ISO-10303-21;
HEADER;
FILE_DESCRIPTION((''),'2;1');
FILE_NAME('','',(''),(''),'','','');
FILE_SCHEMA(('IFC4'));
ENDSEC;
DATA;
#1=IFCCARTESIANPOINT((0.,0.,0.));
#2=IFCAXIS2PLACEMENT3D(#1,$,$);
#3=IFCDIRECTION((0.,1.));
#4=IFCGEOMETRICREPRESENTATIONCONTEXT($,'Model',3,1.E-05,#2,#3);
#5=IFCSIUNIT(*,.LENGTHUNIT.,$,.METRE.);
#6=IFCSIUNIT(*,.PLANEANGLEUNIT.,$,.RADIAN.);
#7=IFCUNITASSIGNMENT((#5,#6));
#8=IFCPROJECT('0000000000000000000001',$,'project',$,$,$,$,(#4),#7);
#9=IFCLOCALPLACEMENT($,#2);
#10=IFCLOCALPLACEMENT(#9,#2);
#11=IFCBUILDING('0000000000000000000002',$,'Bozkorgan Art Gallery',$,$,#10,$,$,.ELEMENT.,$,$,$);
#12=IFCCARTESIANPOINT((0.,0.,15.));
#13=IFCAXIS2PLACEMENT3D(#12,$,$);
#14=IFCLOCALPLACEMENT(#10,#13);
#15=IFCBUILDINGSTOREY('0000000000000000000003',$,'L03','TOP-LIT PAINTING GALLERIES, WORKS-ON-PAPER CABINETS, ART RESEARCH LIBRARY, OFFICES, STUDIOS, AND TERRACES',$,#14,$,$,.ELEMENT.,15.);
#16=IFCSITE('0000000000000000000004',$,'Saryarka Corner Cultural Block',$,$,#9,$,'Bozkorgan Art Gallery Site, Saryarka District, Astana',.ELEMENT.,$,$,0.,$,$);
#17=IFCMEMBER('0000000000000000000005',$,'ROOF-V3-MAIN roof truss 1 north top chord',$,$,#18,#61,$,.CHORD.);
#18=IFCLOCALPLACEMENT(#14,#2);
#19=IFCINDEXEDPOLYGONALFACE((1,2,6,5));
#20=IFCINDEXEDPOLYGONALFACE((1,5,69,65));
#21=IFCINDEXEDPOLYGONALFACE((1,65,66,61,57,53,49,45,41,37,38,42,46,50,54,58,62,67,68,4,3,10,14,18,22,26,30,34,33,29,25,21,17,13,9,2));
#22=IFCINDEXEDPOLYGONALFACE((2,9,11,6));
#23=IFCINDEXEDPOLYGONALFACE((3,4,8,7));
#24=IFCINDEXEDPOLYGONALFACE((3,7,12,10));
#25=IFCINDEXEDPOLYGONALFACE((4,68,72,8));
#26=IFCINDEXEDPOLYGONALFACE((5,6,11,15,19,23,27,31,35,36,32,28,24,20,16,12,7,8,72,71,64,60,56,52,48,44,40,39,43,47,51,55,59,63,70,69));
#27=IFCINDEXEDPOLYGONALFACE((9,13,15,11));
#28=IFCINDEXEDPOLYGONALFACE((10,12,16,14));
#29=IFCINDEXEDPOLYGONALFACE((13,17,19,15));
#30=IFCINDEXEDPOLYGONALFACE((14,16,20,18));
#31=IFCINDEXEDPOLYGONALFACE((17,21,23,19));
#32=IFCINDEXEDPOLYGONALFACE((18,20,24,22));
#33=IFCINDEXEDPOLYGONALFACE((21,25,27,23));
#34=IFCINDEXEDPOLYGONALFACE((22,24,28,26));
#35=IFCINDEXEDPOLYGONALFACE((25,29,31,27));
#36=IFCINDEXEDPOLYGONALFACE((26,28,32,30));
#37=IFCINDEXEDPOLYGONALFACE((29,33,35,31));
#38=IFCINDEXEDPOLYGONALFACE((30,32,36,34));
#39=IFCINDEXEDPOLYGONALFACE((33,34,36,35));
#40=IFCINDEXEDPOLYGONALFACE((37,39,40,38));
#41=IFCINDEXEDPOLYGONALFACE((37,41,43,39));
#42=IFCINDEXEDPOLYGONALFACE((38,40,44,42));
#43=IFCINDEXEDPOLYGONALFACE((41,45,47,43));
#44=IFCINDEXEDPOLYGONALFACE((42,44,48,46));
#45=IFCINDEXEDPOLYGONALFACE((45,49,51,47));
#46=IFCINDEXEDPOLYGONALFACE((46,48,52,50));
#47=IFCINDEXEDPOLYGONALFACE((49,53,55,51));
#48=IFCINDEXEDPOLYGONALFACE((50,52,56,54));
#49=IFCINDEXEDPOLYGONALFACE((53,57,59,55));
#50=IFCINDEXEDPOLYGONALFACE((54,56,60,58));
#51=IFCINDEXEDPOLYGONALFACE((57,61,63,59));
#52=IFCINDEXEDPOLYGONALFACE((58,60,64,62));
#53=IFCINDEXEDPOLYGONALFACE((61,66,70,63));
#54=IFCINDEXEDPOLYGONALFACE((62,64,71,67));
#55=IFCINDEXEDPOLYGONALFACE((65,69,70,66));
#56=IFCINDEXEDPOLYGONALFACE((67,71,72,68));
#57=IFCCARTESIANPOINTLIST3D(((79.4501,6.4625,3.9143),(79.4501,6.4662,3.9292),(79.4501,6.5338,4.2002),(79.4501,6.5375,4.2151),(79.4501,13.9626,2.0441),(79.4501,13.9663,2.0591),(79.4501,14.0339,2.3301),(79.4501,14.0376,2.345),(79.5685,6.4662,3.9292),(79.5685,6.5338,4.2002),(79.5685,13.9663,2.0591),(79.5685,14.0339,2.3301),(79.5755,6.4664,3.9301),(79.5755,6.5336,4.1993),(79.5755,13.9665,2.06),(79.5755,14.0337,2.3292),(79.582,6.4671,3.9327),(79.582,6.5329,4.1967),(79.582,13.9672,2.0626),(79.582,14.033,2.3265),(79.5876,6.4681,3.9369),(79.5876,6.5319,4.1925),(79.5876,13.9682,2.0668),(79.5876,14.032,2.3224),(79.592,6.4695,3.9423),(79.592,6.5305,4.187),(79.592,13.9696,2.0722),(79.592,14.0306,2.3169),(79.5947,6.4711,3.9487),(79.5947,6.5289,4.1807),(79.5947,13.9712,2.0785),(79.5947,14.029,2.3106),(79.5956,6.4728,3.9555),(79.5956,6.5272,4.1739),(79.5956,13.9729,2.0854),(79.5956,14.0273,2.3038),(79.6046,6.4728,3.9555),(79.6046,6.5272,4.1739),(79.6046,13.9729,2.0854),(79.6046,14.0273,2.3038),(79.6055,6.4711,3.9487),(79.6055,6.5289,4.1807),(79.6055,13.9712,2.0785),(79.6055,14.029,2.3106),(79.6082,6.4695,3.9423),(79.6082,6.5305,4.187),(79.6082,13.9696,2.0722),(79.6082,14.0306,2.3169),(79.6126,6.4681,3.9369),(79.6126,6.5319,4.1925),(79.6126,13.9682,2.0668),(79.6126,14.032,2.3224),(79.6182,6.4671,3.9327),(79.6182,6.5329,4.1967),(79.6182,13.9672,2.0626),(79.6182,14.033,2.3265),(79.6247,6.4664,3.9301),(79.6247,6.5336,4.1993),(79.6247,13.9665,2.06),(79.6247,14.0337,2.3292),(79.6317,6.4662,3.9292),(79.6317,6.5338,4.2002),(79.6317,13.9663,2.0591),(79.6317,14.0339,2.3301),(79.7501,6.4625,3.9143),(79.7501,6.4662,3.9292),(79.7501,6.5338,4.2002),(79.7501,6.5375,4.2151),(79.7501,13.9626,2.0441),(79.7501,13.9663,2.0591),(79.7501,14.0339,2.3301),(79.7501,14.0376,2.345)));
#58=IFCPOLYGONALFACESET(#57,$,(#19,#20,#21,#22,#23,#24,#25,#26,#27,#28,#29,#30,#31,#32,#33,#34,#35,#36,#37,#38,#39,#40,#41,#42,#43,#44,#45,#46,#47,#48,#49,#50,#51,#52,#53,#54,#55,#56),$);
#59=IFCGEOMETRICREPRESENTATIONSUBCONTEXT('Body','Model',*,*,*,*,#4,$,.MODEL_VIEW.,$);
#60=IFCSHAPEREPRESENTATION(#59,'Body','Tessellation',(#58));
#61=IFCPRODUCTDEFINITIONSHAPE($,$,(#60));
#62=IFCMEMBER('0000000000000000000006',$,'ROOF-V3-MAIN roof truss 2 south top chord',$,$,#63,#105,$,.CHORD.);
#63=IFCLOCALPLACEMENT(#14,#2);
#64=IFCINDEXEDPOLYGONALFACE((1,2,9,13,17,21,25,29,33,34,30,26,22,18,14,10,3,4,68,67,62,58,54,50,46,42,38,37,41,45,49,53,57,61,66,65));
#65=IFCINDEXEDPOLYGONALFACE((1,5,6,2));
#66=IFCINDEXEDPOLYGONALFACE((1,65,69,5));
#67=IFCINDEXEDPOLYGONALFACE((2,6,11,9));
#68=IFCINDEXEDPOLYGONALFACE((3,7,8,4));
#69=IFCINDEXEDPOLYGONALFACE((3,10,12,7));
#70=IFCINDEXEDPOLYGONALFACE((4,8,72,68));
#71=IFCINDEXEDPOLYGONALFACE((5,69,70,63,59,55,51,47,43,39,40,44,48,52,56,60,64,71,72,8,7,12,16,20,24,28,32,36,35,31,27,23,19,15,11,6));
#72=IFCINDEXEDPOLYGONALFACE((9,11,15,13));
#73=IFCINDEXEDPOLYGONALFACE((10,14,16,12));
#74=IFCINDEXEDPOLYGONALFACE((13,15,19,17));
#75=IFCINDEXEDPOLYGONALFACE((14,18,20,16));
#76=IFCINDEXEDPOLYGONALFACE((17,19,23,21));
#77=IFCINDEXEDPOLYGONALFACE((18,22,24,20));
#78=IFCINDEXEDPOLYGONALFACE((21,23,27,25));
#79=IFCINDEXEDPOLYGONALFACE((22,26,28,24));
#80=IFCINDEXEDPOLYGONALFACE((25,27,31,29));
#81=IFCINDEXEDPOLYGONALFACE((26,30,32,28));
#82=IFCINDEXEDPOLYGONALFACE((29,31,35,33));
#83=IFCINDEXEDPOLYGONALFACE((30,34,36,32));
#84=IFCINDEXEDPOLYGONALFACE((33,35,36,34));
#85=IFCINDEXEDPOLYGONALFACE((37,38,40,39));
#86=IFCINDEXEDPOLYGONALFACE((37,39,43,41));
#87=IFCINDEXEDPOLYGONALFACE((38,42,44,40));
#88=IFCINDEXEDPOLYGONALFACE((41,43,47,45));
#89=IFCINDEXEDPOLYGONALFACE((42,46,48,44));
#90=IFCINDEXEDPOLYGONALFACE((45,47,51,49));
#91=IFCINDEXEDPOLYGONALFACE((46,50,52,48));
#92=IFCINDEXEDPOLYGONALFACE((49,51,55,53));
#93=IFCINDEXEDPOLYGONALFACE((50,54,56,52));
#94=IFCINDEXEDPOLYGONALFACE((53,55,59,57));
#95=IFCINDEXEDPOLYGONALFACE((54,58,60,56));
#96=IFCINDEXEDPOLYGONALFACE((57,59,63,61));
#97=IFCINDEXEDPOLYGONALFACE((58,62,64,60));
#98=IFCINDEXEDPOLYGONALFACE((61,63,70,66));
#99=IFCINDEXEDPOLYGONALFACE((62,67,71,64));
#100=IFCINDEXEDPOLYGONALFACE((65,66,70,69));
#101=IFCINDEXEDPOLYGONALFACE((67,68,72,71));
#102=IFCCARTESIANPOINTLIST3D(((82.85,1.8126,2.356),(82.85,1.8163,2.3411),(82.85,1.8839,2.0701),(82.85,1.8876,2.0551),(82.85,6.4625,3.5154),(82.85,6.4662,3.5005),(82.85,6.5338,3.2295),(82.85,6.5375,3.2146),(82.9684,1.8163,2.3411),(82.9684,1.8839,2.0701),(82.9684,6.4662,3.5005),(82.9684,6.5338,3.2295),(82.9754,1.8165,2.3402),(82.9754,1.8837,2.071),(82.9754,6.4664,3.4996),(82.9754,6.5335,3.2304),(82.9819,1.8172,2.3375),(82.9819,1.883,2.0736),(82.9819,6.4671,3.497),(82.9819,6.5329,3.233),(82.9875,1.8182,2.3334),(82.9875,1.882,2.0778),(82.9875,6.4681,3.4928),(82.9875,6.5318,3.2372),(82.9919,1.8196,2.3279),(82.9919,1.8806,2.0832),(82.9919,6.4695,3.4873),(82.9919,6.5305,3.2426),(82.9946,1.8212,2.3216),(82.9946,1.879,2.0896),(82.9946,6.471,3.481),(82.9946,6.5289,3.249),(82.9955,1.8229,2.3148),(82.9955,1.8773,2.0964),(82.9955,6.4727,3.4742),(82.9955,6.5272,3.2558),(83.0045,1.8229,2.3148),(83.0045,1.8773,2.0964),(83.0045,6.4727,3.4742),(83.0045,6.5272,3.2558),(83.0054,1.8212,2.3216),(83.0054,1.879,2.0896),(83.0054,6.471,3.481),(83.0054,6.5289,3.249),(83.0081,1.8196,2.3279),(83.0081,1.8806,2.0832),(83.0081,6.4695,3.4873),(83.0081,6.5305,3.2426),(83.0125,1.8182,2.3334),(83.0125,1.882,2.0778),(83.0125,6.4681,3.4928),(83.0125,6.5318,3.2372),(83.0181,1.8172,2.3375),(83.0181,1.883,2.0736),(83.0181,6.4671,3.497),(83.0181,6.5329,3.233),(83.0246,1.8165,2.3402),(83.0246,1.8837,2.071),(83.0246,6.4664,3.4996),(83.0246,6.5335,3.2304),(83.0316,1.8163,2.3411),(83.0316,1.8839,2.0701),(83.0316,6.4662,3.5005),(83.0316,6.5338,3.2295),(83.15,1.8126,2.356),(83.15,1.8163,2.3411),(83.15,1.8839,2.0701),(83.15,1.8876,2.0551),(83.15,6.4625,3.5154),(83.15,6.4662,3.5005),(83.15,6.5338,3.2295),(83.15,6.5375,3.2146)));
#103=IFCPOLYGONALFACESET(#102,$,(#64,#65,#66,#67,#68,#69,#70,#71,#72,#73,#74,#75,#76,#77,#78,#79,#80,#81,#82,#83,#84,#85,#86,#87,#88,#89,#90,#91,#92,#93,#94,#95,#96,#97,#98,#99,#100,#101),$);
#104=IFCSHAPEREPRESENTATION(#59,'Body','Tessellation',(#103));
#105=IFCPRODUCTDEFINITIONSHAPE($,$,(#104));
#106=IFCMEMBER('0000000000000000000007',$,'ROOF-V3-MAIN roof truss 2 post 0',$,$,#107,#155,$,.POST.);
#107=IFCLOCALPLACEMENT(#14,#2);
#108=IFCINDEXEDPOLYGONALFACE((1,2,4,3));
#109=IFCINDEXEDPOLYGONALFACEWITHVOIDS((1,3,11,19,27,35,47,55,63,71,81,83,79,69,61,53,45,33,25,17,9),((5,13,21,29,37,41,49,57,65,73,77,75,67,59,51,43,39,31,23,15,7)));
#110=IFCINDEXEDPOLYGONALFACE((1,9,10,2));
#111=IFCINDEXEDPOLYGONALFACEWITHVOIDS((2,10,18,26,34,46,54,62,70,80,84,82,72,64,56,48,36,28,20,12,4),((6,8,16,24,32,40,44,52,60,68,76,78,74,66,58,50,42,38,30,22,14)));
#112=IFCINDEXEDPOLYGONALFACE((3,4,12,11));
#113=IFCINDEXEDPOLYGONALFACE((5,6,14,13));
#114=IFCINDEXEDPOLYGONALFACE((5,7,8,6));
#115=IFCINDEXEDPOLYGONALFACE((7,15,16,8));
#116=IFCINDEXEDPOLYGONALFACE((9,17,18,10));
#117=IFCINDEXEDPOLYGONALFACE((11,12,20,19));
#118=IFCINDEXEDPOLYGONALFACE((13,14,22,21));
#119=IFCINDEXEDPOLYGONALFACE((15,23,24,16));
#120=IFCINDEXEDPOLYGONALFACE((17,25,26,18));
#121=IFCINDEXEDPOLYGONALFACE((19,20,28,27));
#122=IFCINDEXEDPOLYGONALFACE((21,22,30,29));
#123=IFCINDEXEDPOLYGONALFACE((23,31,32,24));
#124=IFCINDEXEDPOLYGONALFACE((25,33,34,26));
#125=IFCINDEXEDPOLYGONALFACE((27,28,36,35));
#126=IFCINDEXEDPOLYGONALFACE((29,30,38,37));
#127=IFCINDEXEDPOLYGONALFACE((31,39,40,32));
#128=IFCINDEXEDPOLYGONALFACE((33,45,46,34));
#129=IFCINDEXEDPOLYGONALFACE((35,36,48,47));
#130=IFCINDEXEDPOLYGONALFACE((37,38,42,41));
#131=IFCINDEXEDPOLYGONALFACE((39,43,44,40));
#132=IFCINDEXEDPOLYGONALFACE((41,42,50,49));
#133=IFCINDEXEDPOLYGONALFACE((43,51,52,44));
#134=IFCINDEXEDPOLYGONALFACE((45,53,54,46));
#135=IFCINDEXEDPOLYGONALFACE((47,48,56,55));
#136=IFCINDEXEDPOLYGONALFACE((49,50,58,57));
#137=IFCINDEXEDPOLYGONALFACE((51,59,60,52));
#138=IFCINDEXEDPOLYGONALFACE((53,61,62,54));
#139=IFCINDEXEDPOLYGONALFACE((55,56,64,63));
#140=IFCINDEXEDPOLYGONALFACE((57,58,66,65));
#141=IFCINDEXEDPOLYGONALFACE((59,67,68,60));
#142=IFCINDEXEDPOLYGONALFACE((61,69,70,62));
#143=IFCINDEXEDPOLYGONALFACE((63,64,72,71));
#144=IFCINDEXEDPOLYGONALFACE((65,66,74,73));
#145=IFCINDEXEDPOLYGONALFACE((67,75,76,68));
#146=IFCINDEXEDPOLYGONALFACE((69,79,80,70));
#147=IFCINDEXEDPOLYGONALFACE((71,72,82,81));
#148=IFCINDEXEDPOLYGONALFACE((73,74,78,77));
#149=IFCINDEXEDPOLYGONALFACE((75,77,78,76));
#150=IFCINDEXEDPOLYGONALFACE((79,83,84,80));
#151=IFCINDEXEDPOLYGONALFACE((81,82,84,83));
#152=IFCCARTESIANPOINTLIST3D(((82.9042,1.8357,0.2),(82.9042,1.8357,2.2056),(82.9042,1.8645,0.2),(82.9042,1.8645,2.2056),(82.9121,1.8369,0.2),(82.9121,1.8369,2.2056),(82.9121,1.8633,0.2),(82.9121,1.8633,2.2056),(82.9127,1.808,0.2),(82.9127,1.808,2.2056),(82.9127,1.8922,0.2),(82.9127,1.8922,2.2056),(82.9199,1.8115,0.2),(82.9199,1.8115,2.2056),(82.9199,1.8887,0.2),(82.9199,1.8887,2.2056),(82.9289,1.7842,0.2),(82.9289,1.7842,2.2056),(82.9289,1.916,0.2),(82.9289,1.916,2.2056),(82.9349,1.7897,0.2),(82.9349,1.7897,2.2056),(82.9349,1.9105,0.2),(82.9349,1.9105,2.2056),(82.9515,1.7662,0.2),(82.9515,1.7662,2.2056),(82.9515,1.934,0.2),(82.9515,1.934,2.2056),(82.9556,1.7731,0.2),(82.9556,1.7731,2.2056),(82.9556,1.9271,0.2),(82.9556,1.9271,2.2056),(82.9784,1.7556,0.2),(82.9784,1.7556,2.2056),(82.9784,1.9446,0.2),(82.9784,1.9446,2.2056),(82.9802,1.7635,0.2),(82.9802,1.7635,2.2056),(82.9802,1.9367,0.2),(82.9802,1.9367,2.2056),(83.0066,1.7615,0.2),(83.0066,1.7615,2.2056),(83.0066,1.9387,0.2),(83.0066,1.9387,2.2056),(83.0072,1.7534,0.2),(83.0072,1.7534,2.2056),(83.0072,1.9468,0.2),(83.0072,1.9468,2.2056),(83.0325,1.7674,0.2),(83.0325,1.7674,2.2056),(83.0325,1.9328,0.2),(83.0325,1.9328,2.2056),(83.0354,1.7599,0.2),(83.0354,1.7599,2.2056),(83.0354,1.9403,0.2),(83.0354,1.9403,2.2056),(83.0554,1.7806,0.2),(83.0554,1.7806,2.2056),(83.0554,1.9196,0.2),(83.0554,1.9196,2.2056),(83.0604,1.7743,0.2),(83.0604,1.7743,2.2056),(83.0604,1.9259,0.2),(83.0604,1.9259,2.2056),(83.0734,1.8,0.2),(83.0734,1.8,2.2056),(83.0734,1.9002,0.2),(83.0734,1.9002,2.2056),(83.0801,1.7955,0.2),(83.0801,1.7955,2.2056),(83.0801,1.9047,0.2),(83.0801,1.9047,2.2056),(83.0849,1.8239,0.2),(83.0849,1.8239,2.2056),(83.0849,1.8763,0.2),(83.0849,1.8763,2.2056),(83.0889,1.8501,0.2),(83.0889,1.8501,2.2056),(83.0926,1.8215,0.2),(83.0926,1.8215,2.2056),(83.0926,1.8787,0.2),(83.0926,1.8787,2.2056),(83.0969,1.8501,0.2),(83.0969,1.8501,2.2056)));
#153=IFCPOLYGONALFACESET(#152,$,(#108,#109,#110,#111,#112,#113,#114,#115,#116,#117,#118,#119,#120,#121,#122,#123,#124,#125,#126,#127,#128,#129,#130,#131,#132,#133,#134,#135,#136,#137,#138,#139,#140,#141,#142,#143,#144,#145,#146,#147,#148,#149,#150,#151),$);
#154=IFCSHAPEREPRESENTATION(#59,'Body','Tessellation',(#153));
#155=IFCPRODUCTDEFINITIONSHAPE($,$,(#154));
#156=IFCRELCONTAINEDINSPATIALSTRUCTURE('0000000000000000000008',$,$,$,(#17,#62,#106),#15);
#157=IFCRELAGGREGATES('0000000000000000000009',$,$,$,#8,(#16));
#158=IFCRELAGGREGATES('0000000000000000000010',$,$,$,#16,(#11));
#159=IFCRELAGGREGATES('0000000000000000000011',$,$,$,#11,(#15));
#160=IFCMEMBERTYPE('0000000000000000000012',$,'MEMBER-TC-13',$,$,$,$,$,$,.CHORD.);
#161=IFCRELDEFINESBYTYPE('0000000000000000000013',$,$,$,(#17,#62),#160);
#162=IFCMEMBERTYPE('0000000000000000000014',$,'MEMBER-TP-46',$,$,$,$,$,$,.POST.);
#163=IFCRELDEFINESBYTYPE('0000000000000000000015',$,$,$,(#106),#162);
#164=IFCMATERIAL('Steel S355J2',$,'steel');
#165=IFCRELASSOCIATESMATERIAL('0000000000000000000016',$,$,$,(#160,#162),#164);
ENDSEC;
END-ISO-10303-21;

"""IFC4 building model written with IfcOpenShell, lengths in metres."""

from ifc_helpers import new_model, si_unit, direction, frame, origin, origin_2d, place, context, subcontext, project, spatial, hollow_circle, i_section, extrude, material, material_profile, profile_set, type_object, element, save


model = new_model("IFC4")

# Units and contexts
model_context = context("Model", 3, precision=1e-05, world=origin(), true_north=direction((0.0, 1.0)))
body_context = subcontext(model_context, "Body", "Model", "MODEL_VIEW")
ifc_project = project(units=[si_unit("LENGTHUNIT", "METRE"), si_unit("PLANEANGLEUNIT", "RADIAN")], contexts=[model_context])

# Site, building, storey
site_placement = place(None, origin())
site = spatial("IfcSite", under=ifc_project, at=site_placement, Name="Saryarka Corner Cultural Block", LongName="Bozkorgan Art Gallery Site, Saryarka District, Astana", CompositionType="ELEMENT", RefElevation=0.0)
building_placement = place(site_placement, origin())
building = spatial("IfcBuilding", under=site, at=building_placement, Name="Bozkorgan Art Gallery", CompositionType="ELEMENT")
storey_placement = place(building_placement, frame((0.0, 0.0, 15.0)))
storey = spatial("IfcBuildingStorey", under=building, at=storey_placement, Name="L03", Description="TOP-LIT PAINTING GALLERIES, WORKS-ON-PAPER CABINETS, ART RESEARCH LIBRARY, OFFICES, STUDIOS, AND TERRACES", CompositionType="ELEMENT", Elevation=15.0)

# Shared definitions
ifc_material_1 = material(Name="Steel S355J2", Category="steel")

# Members
ifc_material_profile_1 = material_profile(ifc_material_1, i_section(OverallWidth=0.3, OverallDepth=0.3101, WebThickness=0.009, FlangeThickness=0.0154, FilletRadius=0.0271, at=origin_2d()), Name="HEA 320")
ifc_profile_set_1 = profile_set([ifc_material_profile_1], Name="Steel S355J2")
member_type_1 = type_object("IfcMemberType", Name="MEMBER-TC-13", PredefinedType="CHORD", material=ifc_profile_set_1)
member_1_placement = place(storey_placement, frame((79.6001, 6.5, 4.0647), z_axis=(0.0, 0.970291, -0.241941), x_axis=(-1.0, 0.0, 0.0)))
element("IfcMember", 1, at=member_1_placement, inside=storey, type_object=member_type_1, Name="ROOF-V3-MAIN roof truss 1 north top chord", PredefinedType="CHORD", context=body_context, shape_type="SweptSolid", body=[
    extrude(i_section(OverallWidth=0.3, OverallDepth=0.3101, WebThickness=0.009, FlangeThickness=0.0154, FilletRadius=0.0271, at=origin_2d()), origin(), (0.0, 0.0, 1.0), 7.7297),
])
member_2_placement = place(storey_placement, frame((83.0, 1.8501, 2.2056), z_axis=(0.0, 0.970292, 0.241936), x_axis=(-1.0, 0.0, 0.0)))
element("IfcMember", 2, at=member_2_placement, inside=storey, type_object=member_type_1, Name="ROOF-V3-MAIN roof truss 2 south top chord", PredefinedType="CHORD", context=body_context, shape_type="SweptSolid", body=[
    extrude(i_section(OverallWidth=0.3, OverallDepth=0.3101, WebThickness=0.009, FlangeThickness=0.0154, FilletRadius=0.0271, at=origin_2d()), origin(), (0.0, 0.0, 1.0), 4.7922),
])
ifc_material_profile_2 = material_profile(ifc_material_1, hollow_circle(Radius=0.0969, WallThickness=0.0081, at=origin_2d()), Name="CHS 193.7x8")
ifc_profile_set_2 = profile_set([ifc_material_profile_2], Name="Steel S355J2")
member_type_2 = type_object("IfcMemberType", Name="MEMBER-TP-46", PredefinedType="POST", material=ifc_profile_set_2)
member_3_placement = place(storey_placement, frame((83.0, 1.8501, 0.2), z_axis=(0.0, 0.0, 1.0), x_axis=(1.0, 0.0, 0.0)))
element("IfcMember", 3, at=member_3_placement, inside=storey, type_object=member_type_2, Name="ROOF-V3-MAIN roof truss 2 post 0", PredefinedType="POST", context=body_context, shape_type="SweptSolid", body=[
    extrude(hollow_circle(Radius=0.0969, WallThickness=0.0081, at=origin_2d()), origin(), (0.0, 0.0, 1.0), 2.0056),
])

save(model, "model.ifc")
